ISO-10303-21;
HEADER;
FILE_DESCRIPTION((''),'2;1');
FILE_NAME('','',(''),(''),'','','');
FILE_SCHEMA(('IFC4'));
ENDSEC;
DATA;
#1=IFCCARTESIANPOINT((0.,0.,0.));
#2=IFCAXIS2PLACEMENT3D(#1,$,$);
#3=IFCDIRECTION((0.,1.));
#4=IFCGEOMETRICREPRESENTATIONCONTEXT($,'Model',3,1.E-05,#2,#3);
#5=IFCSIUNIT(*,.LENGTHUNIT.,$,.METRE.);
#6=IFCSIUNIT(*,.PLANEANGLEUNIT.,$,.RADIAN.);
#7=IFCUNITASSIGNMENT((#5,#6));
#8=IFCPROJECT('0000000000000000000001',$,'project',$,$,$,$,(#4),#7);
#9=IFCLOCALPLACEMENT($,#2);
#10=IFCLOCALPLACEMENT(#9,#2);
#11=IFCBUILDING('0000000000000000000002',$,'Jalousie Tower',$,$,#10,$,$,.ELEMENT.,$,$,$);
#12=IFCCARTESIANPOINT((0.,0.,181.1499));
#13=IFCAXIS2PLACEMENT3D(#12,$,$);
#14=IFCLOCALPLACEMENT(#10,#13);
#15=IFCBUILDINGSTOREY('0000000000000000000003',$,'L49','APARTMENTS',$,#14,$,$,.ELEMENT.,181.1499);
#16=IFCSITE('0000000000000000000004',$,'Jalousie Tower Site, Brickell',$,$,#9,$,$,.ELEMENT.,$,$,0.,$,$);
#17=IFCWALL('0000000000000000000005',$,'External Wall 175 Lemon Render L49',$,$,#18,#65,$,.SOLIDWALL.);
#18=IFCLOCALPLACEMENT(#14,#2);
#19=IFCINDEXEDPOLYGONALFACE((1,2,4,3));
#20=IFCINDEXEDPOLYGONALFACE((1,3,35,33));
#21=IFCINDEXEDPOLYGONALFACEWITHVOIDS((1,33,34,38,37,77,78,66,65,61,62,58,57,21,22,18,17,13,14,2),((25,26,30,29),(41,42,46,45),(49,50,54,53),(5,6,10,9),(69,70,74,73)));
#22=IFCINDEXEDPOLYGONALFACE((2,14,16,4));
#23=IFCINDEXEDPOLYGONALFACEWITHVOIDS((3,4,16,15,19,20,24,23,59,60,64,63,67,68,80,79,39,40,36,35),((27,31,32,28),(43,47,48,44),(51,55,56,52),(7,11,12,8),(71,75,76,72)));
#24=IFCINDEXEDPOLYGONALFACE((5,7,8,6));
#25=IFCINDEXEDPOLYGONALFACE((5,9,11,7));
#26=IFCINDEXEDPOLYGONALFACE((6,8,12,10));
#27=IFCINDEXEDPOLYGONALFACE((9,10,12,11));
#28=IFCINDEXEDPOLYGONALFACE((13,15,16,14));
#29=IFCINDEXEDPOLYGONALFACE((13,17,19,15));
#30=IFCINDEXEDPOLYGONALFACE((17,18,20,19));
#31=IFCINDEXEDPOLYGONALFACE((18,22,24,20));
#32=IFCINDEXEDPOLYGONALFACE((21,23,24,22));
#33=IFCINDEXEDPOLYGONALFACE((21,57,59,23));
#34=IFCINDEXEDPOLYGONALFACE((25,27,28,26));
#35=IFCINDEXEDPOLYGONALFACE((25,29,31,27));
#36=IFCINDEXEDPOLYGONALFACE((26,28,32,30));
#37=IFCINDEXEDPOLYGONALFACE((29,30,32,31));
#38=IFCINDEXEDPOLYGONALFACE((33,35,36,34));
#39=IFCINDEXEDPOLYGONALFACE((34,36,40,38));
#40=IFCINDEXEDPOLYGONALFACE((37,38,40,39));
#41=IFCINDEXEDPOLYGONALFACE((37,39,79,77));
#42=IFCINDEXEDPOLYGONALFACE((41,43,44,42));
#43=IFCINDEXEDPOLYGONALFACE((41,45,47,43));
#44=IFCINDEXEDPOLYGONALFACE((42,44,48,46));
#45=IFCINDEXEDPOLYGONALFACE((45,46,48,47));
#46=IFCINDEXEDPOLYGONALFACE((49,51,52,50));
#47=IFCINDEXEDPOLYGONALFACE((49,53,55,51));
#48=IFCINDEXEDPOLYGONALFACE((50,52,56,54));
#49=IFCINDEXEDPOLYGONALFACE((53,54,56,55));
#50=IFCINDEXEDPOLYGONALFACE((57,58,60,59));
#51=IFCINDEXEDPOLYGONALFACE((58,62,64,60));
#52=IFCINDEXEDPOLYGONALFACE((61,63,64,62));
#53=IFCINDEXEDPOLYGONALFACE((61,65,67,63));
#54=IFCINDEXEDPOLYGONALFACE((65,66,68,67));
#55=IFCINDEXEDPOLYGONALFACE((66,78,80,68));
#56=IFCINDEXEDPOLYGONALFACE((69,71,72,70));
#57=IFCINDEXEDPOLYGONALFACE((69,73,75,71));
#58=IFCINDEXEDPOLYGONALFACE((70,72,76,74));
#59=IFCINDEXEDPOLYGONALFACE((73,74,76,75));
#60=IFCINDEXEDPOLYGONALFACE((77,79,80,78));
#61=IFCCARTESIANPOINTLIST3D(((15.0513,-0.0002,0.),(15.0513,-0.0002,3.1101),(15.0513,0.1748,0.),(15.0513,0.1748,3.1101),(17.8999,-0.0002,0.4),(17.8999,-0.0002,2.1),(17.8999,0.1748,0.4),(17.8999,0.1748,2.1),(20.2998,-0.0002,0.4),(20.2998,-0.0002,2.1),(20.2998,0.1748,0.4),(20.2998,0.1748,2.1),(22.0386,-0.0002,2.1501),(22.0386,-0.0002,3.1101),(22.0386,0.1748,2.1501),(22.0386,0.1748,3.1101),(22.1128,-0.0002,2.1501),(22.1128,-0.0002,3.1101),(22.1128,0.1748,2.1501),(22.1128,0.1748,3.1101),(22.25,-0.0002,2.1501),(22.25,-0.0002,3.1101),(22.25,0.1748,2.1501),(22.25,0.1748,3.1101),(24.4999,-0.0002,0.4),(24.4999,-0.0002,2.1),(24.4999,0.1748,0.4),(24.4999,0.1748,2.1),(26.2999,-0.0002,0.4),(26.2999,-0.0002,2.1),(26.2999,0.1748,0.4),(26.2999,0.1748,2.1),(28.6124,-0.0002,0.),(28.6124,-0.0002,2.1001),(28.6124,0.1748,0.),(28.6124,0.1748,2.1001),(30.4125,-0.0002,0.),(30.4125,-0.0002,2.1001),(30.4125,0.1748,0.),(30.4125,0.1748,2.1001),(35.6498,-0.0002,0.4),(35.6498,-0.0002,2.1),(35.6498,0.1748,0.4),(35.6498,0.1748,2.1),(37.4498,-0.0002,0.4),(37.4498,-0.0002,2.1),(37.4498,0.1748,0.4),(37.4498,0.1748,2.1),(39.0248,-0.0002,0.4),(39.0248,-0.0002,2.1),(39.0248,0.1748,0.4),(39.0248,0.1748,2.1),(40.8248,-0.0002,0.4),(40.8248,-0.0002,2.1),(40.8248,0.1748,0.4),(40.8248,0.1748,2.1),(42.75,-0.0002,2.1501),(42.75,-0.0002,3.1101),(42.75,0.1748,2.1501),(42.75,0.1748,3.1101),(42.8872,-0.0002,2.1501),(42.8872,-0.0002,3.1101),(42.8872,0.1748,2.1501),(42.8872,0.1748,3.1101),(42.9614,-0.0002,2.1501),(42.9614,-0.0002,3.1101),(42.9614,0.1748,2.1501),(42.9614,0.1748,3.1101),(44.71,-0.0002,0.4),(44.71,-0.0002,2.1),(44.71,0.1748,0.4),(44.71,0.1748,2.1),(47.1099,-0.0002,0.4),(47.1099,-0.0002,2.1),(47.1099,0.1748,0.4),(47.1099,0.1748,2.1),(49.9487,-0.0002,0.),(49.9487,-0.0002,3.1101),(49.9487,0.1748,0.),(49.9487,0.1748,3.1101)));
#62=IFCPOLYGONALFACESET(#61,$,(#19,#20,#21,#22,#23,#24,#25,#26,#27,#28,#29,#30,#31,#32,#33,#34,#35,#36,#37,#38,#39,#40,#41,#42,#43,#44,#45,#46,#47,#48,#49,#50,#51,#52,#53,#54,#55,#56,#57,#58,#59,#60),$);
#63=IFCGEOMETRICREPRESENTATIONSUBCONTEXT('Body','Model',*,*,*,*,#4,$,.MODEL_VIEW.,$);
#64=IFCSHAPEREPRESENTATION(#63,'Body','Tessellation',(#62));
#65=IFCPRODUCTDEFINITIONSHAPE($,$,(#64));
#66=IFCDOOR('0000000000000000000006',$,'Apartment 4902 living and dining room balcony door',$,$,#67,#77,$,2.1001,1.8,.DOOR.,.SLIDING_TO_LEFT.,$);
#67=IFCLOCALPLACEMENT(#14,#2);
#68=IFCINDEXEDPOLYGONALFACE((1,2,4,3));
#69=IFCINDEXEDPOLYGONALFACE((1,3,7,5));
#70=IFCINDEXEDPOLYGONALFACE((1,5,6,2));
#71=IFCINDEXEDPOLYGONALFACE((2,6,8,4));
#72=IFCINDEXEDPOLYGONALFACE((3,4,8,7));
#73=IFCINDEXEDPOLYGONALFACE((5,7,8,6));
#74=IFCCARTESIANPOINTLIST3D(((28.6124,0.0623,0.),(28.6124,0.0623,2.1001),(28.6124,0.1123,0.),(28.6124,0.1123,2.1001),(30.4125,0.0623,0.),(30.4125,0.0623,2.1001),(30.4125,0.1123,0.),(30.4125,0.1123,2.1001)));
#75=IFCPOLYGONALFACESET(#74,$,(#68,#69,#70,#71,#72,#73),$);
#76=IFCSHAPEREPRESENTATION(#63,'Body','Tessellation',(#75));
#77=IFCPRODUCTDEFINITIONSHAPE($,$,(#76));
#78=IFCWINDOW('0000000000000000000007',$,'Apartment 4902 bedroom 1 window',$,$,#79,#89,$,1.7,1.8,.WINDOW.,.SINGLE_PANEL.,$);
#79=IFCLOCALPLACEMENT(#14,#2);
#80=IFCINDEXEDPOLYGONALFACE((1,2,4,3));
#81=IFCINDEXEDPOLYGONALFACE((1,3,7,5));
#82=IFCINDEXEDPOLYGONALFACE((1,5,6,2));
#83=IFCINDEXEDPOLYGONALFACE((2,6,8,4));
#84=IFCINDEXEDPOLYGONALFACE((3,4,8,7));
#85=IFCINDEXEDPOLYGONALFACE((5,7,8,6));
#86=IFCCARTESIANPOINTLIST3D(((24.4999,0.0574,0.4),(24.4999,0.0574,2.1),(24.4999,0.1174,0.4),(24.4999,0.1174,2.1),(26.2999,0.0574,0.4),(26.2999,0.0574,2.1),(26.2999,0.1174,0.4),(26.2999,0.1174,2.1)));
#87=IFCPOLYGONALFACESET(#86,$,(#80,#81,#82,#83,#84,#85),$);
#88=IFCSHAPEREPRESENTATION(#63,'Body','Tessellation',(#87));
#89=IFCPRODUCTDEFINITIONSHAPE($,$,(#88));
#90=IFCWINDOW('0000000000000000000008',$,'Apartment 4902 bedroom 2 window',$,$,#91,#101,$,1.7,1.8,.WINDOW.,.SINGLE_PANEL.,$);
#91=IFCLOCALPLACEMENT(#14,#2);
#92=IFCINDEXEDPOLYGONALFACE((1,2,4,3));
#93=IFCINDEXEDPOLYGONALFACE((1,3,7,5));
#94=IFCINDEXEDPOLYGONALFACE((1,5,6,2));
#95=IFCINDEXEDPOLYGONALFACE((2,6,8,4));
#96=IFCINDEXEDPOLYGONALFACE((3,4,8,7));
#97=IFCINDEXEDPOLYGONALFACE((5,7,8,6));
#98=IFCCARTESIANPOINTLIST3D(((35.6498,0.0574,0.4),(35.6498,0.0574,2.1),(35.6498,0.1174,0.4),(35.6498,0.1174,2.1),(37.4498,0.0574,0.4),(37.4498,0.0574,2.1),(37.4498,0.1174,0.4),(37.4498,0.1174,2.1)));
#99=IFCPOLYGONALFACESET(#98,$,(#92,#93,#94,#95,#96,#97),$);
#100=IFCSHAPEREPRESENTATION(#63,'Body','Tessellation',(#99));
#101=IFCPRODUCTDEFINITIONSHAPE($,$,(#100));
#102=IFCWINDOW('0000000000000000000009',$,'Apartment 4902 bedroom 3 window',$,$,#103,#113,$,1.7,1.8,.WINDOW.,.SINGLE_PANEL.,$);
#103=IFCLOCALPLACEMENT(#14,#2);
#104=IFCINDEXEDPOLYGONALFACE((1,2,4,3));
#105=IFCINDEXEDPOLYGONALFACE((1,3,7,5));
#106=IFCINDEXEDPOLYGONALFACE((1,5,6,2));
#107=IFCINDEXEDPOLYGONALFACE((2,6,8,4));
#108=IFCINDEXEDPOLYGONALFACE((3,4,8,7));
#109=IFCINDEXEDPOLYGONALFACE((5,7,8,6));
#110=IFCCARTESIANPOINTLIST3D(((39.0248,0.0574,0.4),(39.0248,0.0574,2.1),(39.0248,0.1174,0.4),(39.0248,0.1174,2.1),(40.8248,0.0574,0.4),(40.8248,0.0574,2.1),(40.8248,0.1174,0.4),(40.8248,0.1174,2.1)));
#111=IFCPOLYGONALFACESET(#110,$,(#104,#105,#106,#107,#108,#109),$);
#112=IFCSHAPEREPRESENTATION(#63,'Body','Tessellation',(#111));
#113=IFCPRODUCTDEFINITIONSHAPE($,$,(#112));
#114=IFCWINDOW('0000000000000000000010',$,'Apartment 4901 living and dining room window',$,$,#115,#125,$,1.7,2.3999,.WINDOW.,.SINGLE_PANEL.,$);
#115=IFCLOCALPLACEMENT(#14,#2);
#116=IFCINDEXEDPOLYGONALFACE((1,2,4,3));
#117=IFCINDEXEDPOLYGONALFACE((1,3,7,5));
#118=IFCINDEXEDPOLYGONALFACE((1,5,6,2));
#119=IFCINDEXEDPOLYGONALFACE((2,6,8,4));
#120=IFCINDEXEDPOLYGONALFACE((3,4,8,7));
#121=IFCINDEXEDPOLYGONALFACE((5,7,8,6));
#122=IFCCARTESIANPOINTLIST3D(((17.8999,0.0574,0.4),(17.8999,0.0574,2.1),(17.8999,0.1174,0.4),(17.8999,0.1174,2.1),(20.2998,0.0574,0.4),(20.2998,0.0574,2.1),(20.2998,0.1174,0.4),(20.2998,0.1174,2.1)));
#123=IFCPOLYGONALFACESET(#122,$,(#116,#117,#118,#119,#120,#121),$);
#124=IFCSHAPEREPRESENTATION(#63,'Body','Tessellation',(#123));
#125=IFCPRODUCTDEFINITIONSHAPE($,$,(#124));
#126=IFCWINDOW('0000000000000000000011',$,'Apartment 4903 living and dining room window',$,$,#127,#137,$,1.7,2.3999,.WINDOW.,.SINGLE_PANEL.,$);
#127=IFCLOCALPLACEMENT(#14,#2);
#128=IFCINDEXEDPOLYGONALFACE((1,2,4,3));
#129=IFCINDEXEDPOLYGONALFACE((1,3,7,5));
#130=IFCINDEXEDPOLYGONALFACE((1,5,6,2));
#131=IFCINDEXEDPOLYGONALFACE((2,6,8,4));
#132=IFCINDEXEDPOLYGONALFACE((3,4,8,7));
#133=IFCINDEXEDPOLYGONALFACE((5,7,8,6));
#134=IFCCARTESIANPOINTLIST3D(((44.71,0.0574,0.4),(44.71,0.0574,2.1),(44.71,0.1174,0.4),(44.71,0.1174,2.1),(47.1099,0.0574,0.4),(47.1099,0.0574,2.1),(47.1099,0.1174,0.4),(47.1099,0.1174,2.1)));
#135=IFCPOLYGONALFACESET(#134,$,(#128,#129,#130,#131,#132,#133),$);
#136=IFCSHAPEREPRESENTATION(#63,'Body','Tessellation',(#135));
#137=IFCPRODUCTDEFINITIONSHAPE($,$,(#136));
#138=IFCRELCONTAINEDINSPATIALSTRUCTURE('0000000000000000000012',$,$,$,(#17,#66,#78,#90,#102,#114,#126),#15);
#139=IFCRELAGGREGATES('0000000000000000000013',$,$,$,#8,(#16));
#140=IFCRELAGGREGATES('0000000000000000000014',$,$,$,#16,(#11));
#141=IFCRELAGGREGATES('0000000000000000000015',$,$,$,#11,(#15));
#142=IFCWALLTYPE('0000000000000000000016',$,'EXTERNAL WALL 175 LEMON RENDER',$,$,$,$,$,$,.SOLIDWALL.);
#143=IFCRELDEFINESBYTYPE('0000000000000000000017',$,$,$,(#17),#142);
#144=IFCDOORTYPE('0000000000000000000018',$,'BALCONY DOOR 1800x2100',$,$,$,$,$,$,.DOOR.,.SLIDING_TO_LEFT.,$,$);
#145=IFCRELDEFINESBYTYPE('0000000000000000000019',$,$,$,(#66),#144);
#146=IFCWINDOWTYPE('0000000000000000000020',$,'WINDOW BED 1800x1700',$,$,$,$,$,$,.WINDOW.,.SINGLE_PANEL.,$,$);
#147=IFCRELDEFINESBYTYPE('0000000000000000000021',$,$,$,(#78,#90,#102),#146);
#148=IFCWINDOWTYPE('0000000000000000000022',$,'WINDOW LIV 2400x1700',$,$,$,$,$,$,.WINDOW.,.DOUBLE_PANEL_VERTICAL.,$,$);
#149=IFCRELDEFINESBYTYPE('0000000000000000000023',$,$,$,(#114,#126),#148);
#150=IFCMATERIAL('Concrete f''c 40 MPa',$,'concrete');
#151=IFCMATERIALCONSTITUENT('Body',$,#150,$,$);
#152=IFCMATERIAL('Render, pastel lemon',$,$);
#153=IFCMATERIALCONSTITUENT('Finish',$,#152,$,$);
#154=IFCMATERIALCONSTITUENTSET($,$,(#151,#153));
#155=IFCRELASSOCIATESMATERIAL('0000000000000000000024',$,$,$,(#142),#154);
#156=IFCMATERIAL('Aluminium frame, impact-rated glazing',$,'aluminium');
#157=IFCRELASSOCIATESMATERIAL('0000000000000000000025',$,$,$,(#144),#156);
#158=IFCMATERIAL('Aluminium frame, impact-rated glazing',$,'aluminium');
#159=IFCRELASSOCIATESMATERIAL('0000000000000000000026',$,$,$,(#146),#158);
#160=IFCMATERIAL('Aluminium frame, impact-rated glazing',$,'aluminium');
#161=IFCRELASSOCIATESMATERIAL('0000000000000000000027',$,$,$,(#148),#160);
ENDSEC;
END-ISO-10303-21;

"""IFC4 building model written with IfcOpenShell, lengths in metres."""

from ifc_helpers import new_model, si_unit, direction, frame, frame_2d, origin, place, context, subcontext, project, spatial, polyline, rectangle, outline, extrude, material, constituent, constituent_set, type_object, element, fill, save


model = new_model("IFC4")

# Units and contexts
model_context = context("Model", 3, precision=1e-05, world=origin(), true_north=direction((0.0, 1.0)))
body_context = subcontext(model_context, "Body", "Model", "MODEL_VIEW")
ifc_project = project(units=[si_unit("LENGTHUNIT", "METRE"), si_unit("PLANEANGLEUNIT", "RADIAN")], contexts=[model_context])

# Site, building, storey
site_placement = place(None, origin())
site = spatial("IfcSite", under=ifc_project, at=site_placement, Name="Jalousie Tower Site, Brickell", CompositionType="ELEMENT", RefElevation=0.0)
building_placement = place(site_placement, origin())
building = spatial("IfcBuilding", under=site, at=building_placement, Name="Jalousie Tower", CompositionType="ELEMENT")
storey_placement = place(building_placement, frame((0.0, 0.0, 181.1499)))
storey = spatial("IfcBuildingStorey", under=building, at=storey_placement, Name="L49", Description="APARTMENTS", CompositionType="ELEMENT", Elevation=181.1499)

# Wall, openings, door, windows
ifc_material_1 = material(Name="Concrete f'c 40 MPa", Category="concrete")
ifc_constituent_1 = constituent(ifc_material_1, Name="Body")
ifc_material_2 = material(Name="Render, pastel lemon")
ifc_constituent_2 = constituent(ifc_material_2, Name="Finish")
ifc_constituent_set_1 = constituent_set(constituents=[ifc_constituent_1, ifc_constituent_2])
wall_type_1 = type_object("IfcWallType", Name="EXTERNAL WALL 175 LEMON RENDER", PredefinedType="SOLIDWALL", material=ifc_constituent_set_1)
wall_1_placement = place(storey_placement, frame((15.0513, 0.0874, 0.0), z_axis=(0.0, 0.0, 1.0), x_axis=(1.0, 0.0, 0.0)))
wall_1 = element("IfcWall", 1, at=wall_1_placement, inside=storey, type_object=wall_type_1, Name="External Wall 175 Lemon Render L49", PredefinedType="SOLIDWALL", context=body_context, shape_type="SweptSolid", body=[
    extrude(outline(polyline([(0.0, 0.0), (34.8975, 0.0), (34.8975, 3.1101), (27.9102, 3.1101), (27.9102, 2.1501), (27.8359, 2.1501), (27.8359, 3.1101), (27.6987, 3.1101), (27.6987, 2.1501), (7.1987, 2.1501), (7.1987, 3.1101), (7.0615, 3.1101), (7.0615, 2.1501), (6.9873, 2.1501), (6.9873, 3.1101), (0.0, 3.1101), (0.0, 0.0)])), frame((0.0, 0.0874, 0.0), z_axis=(0.0, -1.0, 0.0), x_axis=(1.0, 0.0, 0.0)), (0.0, 0.0, 1.0), 0.175),
])
opening_1_placement = place(wall_1_placement, frame((2.8486, 0.0, 0.3999)))
opening_1 = element("IfcOpeningElement", 2, at=opening_1_placement, cuts=wall_1, PredefinedType="OPENING", context=body_context, shape_type="SweptSolid", body=[
    extrude(rectangle(XDim=2.3999, YDim=1.7, at=frame_2d((1.2, 0.8501))), frame((0.0, 0.0974, 0.0), z_axis=(0.0, -1.0, 0.0), x_axis=(1.0, 0.0, 0.0)), (0.0, 0.0, 1.0), 0.1951),
])
opening_2_placement = place(wall_1_placement, frame((9.4487, 0.0, 0.3999)))
opening_2 = element("IfcOpeningElement", 3, at=opening_2_placement, cuts=wall_1, PredefinedType="OPENING", context=body_context, shape_type="SweptSolid", body=[
    extrude(rectangle(XDim=1.8, YDim=1.7, at=frame_2d((0.8999, 0.8501))), frame((0.0, 0.0974, 0.0), z_axis=(0.0, -1.0, 0.0), x_axis=(1.0, 0.0, 0.0)), (0.0, 0.0, 1.0), 0.1951),
])
opening_3_placement = place(wall_1_placement, frame((13.5613, 0.0, 0.0)))
opening_3 = element("IfcOpeningElement", 4, at=opening_3_placement, cuts=wall_1, PredefinedType="OPENING", context=body_context, shape_type="SweptSolid", body=[
    extrude(rectangle(XDim=1.8, YDim=2.1001, at=frame_2d((0.8999, 1.05))), frame((0.0, 0.0974, 0.0), z_axis=(0.0, -1.0, 0.0), x_axis=(1.0, 0.0, 0.0)), (0.0, 0.0, 1.0), 0.1951),
])
opening_4_placement = place(wall_1_placement, frame((20.5986, 0.0, 0.3999)))
opening_4 = element("IfcOpeningElement", 5, at=opening_4_placement, cuts=wall_1, PredefinedType="OPENING", context=body_context, shape_type="SweptSolid", body=[
    extrude(rectangle(XDim=1.8, YDim=1.7, at=frame_2d((0.8999, 0.8501))), frame((0.0, 0.0974, 0.0), z_axis=(0.0, -1.0, 0.0), x_axis=(1.0, 0.0, 0.0)), (0.0, 0.0, 1.0), 0.1951),
])
opening_5_placement = place(wall_1_placement, frame((23.9736, 0.0, 0.3999)))
opening_5 = element("IfcOpeningElement", 6, at=opening_5_placement, cuts=wall_1, PredefinedType="OPENING", context=body_context, shape_type="SweptSolid", body=[
    extrude(rectangle(XDim=1.8, YDim=1.7, at=frame_2d((0.8999, 0.8501))), frame((0.0, 0.0974, 0.0), z_axis=(0.0, -1.0, 0.0), x_axis=(1.0, 0.0, 0.0)), (0.0, 0.0, 1.0), 0.1951),
])
opening_6_placement = place(wall_1_placement, frame((29.6587, 0.0, 0.3999)))
opening_6 = element("IfcOpeningElement", 7, at=opening_6_placement, cuts=wall_1, PredefinedType="OPENING", context=body_context, shape_type="SweptSolid", body=[
    extrude(rectangle(XDim=2.3999, YDim=1.7, at=frame_2d((1.2, 0.8501))), frame((0.0, 0.0974, 0.0), z_axis=(0.0, -1.0, 0.0), x_axis=(1.0, 0.0, 0.0)), (0.0, 0.0, 1.0), 0.1951),
])
ifc_material_3 = material(Name="Aluminium frame, impact-rated glazing", Category="aluminium")
door_type_1 = type_object("IfcDoorType", Name="BALCONY DOOR 1800x2100", OperationType="SLIDING_TO_LEFT", PredefinedType="DOOR", material=ifc_material_3)
door_1_placement = place(opening_3_placement, origin())
door_1 = element("IfcDoor", 8, at=door_1_placement, inside=storey, type_object=door_type_1, Name="Apartment 4902 living and dining room balcony door", OperationType="SLIDING_TO_LEFT", OverallHeight=2.1001, OverallWidth=1.8, PredefinedType="DOOR", context=body_context, shape_type="SweptSolid", body=[
    extrude(rectangle(XDim=1.8, YDim=2.1001, at=frame_2d((0.8999, 1.05))), frame((0.0, 0.0249, 0.0), z_axis=(0.0, -1.0, 0.0), x_axis=(1.0, 0.0, 0.0)), (0.0, 0.0, 1.0), 0.05),
])
fill(opening_3, door_1)
ifc_material_4 = material(Name="Aluminium frame, impact-rated glazing", Category="aluminium")
window_type_1 = type_object("IfcWindowType", Name="WINDOW BED 1800x1700", PartitioningType="SINGLE_PANEL", PredefinedType="WINDOW", material=ifc_material_4)
window_1_placement = place(opening_2_placement, origin())
window_1 = element("IfcWindow", 9, at=window_1_placement, inside=storey, type_object=window_type_1, Name="Apartment 4902 bedroom 1 window", OverallHeight=1.7, OverallWidth=1.8, PartitioningType="SINGLE_PANEL", PredefinedType="WINDOW", context=body_context, shape_type="SweptSolid", body=[
    extrude(rectangle(XDim=1.8, YDim=1.7, at=frame_2d((0.8999, 0.8501))), frame((0.0, 0.03, 0.0), z_axis=(0.0, -1.0, 0.0), x_axis=(1.0, 0.0, 0.0)), (0.0, 0.0, 1.0), 0.0601),
])
fill(opening_2, window_1)
window_2_placement = place(opening_4_placement, origin())
window_2 = element("IfcWindow", 10, at=window_2_placement, inside=storey, type_object=window_type_1, Name="Apartment 4902 bedroom 2 window", OverallHeight=1.7, OverallWidth=1.8, PartitioningType="SINGLE_PANEL", PredefinedType="WINDOW", context=body_context, shape_type="SweptSolid", body=[
    extrude(rectangle(XDim=1.8, YDim=1.7, at=frame_2d((0.8999, 0.8501))), frame((0.0, 0.03, 0.0), z_axis=(0.0, -1.0, 0.0), x_axis=(1.0, 0.0, 0.0)), (0.0, 0.0, 1.0), 0.0601),
])
fill(opening_4, window_2)
window_3_placement = place(opening_5_placement, origin())
window_3 = element("IfcWindow", 11, at=window_3_placement, inside=storey, type_object=window_type_1, Name="Apartment 4902 bedroom 3 window", OverallHeight=1.7, OverallWidth=1.8, PartitioningType="SINGLE_PANEL", PredefinedType="WINDOW", context=body_context, shape_type="SweptSolid", body=[
    extrude(rectangle(XDim=1.8, YDim=1.7, at=frame_2d((0.8999, 0.8501))), frame((0.0, 0.03, 0.0), z_axis=(0.0, -1.0, 0.0), x_axis=(1.0, 0.0, 0.0)), (0.0, 0.0, 1.0), 0.0601),
])
fill(opening_5, window_3)
ifc_material_5 = material(Name="Aluminium frame, impact-rated glazing", Category="aluminium")
window_type_2 = type_object("IfcWindowType", Name="WINDOW LIV 2400x1700", PartitioningType="DOUBLE_PANEL_VERTICAL", PredefinedType="WINDOW", material=ifc_material_5)
window_4_placement = place(opening_1_placement, origin())
window_4 = element("IfcWindow", 12, at=window_4_placement, inside=storey, type_object=window_type_2, Name="Apartment 4901 living and dining room window", OverallHeight=1.7, OverallWidth=2.3999, PartitioningType="SINGLE_PANEL", PredefinedType="WINDOW", context=body_context, shape_type="SweptSolid", body=[
    extrude(rectangle(XDim=2.3999, YDim=1.7, at=frame_2d((1.2, 0.8501))), frame((0.0, 0.03, 0.0), z_axis=(0.0, -1.0, 0.0), x_axis=(1.0, 0.0, 0.0)), (0.0, 0.0, 1.0), 0.0601),
])
fill(opening_1, window_4)
window_5_placement = place(opening_6_placement, origin())
window_5 = element("IfcWindow", 13, at=window_5_placement, inside=storey, type_object=window_type_2, Name="Apartment 4903 living and dining room window", OverallHeight=1.7, OverallWidth=2.3999, PartitioningType="SINGLE_PANEL", PredefinedType="WINDOW", context=body_context, shape_type="SweptSolid", body=[
    extrude(rectangle(XDim=2.3999, YDim=1.7, at=frame_2d((1.2, 0.8501))), frame((0.0, 0.03, 0.0), z_axis=(0.0, -1.0, 0.0), x_axis=(1.0, 0.0, 0.0)), (0.0, 0.0, 1.0), 0.0601),
])
fill(opening_6, window_5)

save(model, "model.ifc")
